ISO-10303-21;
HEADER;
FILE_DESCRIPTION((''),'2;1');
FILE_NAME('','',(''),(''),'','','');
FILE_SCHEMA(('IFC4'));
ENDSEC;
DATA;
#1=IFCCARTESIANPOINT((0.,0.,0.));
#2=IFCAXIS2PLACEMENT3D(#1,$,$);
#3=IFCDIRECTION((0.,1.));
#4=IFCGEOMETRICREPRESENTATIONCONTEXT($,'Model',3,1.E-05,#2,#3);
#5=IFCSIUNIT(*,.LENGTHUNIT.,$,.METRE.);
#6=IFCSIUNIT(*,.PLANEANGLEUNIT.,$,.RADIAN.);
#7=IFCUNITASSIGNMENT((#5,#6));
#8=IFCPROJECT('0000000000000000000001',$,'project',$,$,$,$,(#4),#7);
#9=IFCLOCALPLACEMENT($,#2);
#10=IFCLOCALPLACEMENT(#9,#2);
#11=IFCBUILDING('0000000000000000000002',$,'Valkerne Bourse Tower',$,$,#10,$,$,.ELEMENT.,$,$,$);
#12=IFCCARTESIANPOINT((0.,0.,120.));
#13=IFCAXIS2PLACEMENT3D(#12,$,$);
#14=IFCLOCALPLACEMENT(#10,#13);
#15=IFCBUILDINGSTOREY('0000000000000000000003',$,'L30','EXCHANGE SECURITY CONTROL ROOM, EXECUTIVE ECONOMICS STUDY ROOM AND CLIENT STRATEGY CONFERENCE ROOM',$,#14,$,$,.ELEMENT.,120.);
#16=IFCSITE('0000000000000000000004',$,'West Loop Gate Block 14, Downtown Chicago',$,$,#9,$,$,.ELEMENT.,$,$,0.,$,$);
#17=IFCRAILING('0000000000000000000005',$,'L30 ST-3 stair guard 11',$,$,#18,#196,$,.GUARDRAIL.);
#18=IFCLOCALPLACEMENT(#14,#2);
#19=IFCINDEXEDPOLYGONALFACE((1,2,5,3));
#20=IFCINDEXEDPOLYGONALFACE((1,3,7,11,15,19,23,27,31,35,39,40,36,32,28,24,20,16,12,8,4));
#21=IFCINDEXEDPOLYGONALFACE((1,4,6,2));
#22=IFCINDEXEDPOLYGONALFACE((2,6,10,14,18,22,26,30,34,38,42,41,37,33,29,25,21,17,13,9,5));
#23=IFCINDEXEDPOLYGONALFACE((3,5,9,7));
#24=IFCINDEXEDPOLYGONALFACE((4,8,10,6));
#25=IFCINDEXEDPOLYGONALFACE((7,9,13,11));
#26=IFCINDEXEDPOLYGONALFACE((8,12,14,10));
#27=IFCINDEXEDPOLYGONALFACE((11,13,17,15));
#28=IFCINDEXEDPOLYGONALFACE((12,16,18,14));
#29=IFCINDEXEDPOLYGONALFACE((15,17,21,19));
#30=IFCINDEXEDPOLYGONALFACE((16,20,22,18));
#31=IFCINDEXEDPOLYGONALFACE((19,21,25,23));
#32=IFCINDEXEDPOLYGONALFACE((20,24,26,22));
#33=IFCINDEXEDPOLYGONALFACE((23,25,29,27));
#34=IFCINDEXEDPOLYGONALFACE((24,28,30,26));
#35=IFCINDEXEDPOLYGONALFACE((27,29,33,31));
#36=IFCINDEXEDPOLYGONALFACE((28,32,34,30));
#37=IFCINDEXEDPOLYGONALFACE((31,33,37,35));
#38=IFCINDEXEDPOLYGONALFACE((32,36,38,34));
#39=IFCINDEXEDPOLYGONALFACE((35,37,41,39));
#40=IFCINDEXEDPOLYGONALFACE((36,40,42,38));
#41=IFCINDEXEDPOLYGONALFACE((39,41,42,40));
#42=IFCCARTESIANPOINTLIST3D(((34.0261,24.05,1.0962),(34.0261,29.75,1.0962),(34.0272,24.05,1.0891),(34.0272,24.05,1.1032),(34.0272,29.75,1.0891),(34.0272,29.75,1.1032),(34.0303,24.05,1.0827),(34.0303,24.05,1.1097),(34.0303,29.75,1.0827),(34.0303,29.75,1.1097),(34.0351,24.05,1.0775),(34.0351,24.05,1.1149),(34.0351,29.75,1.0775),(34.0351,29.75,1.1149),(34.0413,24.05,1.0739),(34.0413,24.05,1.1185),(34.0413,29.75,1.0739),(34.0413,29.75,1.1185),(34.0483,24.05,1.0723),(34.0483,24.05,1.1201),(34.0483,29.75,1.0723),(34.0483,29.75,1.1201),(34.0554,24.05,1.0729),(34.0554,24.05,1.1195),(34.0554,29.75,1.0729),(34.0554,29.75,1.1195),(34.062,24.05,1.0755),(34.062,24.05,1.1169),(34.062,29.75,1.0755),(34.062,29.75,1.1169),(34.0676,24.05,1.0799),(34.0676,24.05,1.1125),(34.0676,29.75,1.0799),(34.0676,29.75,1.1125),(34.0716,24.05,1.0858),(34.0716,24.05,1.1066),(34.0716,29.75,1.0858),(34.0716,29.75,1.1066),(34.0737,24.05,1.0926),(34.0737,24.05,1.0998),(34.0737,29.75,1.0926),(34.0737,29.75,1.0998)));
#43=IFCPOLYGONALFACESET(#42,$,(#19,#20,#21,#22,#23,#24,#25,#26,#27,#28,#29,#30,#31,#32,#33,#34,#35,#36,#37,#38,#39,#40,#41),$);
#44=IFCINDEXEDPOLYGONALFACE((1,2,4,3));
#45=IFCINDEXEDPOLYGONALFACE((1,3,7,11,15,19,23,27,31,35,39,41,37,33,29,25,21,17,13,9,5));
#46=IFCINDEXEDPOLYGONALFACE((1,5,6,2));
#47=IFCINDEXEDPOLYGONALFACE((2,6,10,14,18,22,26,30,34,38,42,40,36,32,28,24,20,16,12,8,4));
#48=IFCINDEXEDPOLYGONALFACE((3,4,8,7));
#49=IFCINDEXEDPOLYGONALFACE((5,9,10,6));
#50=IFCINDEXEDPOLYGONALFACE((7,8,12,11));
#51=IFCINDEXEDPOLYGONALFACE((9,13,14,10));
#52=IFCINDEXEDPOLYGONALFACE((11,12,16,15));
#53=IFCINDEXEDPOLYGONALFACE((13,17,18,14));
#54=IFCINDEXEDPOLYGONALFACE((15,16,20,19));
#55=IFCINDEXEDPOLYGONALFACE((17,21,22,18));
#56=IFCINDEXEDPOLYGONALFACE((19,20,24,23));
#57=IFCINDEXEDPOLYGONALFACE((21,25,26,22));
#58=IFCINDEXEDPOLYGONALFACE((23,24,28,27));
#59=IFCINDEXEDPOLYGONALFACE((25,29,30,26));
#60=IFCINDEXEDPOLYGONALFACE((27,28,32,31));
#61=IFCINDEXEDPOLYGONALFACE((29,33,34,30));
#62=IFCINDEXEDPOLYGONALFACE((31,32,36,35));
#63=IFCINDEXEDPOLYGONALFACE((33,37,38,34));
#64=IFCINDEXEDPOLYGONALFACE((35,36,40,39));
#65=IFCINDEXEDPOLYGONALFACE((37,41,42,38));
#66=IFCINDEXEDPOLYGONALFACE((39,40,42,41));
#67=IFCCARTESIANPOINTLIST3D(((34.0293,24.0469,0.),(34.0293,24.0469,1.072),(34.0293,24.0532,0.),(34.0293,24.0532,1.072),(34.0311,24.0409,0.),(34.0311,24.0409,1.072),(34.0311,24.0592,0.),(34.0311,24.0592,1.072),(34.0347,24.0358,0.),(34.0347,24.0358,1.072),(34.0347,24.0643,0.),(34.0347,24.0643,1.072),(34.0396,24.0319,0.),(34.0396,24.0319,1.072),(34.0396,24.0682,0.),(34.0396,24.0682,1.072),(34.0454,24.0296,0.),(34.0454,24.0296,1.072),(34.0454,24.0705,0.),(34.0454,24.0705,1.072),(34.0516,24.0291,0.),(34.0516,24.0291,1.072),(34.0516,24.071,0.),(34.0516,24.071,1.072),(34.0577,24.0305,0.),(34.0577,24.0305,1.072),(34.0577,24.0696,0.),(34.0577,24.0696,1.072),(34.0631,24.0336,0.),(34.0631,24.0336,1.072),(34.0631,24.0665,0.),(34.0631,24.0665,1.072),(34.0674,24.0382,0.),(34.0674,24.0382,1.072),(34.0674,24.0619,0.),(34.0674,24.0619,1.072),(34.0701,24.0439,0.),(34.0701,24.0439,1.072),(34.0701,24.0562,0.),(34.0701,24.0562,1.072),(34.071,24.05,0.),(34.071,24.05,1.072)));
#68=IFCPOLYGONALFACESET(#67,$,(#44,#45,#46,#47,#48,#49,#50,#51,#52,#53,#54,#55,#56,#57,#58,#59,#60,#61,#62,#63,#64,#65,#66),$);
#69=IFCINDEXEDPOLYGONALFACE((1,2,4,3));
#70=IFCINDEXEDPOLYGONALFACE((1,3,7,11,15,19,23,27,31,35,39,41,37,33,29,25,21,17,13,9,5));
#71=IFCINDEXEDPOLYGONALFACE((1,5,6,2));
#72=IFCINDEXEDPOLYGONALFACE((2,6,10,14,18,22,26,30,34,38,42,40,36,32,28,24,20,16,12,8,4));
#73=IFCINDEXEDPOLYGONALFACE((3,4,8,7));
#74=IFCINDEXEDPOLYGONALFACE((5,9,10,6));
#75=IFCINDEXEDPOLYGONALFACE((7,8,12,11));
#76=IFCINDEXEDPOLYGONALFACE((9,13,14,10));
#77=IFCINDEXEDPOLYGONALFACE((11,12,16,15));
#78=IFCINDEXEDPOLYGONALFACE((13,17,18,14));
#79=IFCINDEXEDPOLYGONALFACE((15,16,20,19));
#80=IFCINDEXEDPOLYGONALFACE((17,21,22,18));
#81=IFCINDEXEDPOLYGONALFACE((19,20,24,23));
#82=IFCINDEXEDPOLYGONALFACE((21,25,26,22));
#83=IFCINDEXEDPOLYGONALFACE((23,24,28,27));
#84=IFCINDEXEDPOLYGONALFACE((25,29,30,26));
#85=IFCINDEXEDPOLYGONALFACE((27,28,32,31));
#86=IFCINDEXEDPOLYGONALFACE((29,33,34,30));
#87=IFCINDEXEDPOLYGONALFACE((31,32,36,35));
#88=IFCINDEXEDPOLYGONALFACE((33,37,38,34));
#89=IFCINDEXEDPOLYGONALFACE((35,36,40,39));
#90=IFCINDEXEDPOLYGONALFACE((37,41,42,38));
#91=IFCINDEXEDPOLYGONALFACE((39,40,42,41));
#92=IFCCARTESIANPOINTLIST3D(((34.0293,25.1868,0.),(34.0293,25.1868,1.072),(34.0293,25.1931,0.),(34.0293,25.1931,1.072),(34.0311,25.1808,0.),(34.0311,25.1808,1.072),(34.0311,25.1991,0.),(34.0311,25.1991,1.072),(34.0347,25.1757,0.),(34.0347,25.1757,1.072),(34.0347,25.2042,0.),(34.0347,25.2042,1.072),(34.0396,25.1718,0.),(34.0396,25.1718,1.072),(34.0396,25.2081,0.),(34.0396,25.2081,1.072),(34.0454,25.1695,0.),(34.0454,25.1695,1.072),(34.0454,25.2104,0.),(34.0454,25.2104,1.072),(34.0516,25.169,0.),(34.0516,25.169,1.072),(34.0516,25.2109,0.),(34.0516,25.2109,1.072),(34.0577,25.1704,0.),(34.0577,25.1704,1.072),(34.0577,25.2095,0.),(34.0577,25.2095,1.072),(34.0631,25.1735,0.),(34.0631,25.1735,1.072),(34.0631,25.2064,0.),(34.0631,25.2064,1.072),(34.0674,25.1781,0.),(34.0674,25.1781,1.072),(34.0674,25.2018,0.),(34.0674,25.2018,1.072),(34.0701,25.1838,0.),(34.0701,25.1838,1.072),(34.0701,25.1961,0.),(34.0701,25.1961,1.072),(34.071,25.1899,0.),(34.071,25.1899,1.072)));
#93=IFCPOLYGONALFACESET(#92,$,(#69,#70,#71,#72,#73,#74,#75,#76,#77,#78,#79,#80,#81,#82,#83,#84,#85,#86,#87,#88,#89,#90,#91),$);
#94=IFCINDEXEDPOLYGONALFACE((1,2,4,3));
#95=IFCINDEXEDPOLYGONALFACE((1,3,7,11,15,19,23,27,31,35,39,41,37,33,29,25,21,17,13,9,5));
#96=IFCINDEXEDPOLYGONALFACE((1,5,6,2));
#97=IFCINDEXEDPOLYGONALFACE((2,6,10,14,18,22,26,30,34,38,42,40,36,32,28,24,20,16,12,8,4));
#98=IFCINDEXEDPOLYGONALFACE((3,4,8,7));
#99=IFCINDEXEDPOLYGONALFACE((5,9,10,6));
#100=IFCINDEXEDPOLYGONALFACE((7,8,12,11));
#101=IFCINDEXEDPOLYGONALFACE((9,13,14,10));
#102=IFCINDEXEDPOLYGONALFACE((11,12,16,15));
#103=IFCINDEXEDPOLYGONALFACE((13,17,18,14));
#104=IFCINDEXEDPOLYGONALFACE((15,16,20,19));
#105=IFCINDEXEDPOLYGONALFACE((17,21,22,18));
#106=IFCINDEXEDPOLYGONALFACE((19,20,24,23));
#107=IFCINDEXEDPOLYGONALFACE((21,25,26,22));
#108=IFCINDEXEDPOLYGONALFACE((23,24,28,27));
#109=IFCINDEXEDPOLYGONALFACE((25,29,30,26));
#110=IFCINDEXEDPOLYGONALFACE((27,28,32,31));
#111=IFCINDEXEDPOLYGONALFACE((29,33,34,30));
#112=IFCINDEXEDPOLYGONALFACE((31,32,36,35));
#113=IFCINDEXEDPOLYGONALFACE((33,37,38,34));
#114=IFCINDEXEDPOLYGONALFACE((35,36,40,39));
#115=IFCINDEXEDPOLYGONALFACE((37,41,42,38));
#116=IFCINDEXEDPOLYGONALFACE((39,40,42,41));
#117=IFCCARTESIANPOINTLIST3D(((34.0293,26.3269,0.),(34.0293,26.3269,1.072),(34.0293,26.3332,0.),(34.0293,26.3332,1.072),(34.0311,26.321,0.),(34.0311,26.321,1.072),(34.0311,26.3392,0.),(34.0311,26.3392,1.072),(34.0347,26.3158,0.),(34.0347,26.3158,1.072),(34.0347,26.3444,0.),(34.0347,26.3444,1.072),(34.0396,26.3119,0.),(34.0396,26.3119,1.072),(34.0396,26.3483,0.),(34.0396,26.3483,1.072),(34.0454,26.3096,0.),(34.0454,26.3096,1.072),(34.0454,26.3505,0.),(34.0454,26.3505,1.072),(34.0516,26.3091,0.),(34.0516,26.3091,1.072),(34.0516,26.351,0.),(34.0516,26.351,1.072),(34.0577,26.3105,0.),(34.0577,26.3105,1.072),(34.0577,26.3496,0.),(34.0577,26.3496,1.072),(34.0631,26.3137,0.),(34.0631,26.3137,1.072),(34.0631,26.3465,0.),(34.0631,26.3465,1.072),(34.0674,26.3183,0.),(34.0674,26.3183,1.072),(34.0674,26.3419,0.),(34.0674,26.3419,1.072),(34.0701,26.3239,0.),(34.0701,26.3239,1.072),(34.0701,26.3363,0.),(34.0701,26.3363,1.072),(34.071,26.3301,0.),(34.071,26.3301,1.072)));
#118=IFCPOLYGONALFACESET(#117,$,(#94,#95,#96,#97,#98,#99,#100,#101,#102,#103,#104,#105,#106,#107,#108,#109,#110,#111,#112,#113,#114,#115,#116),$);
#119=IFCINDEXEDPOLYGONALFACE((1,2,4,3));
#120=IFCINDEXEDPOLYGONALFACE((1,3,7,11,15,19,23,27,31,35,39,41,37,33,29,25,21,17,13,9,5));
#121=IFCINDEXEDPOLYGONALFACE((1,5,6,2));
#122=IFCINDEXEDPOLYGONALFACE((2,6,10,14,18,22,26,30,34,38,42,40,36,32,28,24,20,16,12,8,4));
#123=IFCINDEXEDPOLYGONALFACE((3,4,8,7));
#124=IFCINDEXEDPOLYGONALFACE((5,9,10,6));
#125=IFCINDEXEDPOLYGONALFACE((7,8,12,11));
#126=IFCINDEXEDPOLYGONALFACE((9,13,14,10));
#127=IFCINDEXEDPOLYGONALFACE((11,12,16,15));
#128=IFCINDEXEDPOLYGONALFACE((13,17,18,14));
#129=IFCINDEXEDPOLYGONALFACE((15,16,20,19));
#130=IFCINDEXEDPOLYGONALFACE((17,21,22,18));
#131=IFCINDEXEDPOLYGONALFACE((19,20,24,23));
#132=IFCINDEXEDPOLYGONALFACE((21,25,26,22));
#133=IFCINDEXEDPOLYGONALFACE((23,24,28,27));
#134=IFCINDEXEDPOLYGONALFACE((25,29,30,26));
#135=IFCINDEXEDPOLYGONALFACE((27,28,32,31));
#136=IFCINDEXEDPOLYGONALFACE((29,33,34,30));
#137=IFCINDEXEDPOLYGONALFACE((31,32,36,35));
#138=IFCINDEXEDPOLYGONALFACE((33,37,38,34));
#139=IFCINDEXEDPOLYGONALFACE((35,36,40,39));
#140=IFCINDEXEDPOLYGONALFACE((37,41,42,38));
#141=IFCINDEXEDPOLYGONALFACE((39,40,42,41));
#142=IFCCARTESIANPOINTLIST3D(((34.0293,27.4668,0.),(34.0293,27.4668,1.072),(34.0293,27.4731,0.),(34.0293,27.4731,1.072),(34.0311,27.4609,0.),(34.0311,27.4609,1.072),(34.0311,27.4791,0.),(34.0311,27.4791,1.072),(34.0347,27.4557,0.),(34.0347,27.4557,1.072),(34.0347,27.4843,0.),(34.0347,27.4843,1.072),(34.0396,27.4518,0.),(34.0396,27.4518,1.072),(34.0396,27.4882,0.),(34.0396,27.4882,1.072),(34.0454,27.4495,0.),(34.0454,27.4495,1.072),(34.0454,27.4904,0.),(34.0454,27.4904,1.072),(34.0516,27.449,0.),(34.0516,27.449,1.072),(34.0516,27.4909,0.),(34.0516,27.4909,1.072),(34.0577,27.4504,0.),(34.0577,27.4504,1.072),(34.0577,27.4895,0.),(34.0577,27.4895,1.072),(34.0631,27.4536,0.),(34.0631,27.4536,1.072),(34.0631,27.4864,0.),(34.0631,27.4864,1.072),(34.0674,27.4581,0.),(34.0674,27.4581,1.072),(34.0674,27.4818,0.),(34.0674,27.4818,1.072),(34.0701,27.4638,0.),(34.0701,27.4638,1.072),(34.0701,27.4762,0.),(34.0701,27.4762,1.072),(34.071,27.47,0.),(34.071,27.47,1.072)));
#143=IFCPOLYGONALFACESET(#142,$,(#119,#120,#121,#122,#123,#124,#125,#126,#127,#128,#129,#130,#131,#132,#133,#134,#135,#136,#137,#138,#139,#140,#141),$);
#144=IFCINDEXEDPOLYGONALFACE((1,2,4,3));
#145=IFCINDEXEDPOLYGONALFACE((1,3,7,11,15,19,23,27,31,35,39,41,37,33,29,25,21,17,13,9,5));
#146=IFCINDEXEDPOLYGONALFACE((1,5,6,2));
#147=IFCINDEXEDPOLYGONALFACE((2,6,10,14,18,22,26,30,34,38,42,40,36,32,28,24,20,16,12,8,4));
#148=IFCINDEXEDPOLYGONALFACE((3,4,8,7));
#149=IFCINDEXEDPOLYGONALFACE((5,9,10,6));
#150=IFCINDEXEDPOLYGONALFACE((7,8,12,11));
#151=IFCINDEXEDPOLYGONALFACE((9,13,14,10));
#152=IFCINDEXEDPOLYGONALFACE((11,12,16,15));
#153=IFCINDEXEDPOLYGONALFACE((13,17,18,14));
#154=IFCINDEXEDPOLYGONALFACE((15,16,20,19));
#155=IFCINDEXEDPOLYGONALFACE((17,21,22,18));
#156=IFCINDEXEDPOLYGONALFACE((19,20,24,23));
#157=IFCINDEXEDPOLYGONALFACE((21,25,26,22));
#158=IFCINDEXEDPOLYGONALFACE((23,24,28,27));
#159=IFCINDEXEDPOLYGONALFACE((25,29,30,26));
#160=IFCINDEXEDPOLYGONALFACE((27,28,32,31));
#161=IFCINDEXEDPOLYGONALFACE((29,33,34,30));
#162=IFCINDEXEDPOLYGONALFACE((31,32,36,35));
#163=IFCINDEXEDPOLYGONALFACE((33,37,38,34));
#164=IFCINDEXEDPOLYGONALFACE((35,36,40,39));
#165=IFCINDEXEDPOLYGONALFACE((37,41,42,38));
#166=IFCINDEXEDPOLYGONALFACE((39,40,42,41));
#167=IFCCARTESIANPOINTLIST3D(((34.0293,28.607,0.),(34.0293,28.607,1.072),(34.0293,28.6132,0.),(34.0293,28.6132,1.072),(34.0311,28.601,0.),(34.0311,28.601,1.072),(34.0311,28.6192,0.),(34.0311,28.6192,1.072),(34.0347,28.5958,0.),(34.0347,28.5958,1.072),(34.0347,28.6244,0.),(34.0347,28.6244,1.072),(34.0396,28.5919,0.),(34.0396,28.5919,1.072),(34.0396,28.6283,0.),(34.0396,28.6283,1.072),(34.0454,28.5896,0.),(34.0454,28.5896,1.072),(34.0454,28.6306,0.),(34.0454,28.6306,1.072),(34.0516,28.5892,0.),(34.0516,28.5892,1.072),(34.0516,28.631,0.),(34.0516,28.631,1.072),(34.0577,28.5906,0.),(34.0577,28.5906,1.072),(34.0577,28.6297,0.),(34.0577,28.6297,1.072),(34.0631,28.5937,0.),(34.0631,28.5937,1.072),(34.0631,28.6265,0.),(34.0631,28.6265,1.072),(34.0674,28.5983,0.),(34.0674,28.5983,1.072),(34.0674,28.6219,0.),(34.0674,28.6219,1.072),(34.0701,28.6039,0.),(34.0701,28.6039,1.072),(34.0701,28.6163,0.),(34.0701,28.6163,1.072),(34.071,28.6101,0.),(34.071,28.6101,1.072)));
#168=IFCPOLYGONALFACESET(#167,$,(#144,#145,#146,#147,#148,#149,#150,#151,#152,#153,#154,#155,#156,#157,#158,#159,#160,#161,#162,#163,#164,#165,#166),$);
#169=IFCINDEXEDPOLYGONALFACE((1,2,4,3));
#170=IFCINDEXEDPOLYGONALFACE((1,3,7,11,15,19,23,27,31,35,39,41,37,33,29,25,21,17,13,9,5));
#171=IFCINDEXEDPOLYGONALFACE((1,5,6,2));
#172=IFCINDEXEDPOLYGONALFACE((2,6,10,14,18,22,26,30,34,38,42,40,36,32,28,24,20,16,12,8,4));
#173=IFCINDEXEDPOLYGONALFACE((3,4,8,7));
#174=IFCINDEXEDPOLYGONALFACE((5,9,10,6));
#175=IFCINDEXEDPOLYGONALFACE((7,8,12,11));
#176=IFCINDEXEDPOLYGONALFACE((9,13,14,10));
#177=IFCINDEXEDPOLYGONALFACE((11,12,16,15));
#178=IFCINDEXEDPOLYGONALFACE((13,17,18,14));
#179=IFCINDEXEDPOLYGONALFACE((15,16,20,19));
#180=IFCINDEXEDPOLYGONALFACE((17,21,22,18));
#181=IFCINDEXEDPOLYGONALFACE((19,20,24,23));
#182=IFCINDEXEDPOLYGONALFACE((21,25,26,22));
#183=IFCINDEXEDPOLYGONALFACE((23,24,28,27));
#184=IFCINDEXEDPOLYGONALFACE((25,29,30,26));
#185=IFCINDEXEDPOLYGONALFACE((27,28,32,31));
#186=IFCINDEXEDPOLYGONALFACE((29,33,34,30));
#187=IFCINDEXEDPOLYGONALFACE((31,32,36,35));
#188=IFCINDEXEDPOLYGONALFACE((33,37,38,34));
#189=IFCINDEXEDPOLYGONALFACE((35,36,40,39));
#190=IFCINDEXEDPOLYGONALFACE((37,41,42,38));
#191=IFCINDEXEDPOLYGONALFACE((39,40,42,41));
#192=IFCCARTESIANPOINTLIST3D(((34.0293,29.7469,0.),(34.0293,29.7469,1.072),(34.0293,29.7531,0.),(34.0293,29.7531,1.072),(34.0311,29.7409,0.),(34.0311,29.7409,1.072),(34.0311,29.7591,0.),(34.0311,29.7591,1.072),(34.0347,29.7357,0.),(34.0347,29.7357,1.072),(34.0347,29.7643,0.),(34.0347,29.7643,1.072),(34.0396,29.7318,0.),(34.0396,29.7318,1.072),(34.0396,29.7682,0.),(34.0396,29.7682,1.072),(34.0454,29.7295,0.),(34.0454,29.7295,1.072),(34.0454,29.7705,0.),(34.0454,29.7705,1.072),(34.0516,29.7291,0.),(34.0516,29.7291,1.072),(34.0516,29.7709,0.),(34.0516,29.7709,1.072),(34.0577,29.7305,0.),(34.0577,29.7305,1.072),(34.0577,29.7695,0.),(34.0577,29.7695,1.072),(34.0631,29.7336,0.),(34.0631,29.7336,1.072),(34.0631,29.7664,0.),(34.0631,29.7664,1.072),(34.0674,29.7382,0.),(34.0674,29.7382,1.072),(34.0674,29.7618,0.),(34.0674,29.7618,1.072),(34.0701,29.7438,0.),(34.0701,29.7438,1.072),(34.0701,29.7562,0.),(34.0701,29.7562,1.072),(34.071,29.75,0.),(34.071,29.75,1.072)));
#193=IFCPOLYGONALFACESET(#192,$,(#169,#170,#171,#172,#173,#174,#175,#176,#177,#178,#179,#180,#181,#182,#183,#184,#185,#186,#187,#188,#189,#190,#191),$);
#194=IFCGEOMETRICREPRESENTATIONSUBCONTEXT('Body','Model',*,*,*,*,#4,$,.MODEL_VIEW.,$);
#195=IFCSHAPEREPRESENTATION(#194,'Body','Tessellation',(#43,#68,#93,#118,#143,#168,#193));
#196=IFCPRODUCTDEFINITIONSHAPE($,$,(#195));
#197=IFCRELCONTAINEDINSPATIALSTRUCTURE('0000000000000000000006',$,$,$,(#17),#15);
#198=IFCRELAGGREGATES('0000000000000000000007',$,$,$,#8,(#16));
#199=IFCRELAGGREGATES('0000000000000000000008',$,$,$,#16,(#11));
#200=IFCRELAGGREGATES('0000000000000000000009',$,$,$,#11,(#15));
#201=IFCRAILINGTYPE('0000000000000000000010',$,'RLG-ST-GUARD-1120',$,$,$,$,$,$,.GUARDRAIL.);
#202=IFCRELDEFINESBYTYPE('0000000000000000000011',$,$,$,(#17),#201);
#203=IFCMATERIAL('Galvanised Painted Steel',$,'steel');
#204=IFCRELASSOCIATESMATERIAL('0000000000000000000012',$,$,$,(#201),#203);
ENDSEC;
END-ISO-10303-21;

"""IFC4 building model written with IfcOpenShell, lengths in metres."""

from ifc_helpers import new_model, si_unit, direction, frame, origin, origin_2d, place, context, subcontext, project, spatial, circle, extrude, material, type_object, element, save


model = new_model("IFC4")

# Units and contexts
model_context = context("Model", 3, precision=1e-05, world=origin(), true_north=direction((0.0, 1.0)))
body_context = subcontext(model_context, "Body", "Model", "MODEL_VIEW")
ifc_project = project(units=[si_unit("LENGTHUNIT", "METRE"), si_unit("PLANEANGLEUNIT", "RADIAN")], contexts=[model_context])

# Site, building, storey
site_placement = place(None, origin())
site = spatial("IfcSite", under=ifc_project, at=site_placement, Name="West Loop Gate Block 14, Downtown Chicago", CompositionType="ELEMENT", RefElevation=0.0)
building_placement = place(site_placement, origin())
building = spatial("IfcBuilding", under=site, at=building_placement, Name="Valkerne Bourse Tower", CompositionType="ELEMENT")
storey_placement = place(building_placement, frame((0.0, 0.0, 120.0)))
storey = spatial("IfcBuildingStorey", under=building, at=storey_placement, Name="L30", Description="EXCHANGE SECURITY CONTROL ROOM, EXECUTIVE ECONOMICS STUDY ROOM AND CLIENT STRATEGY CONFERENCE ROOM", CompositionType="ELEMENT", Elevation=120.0)

# Railing
ifc_material_1 = material(Name="Galvanised Painted Steel", Category="steel")
railing_type_1 = type_object("IfcRailingType", Name="RLG-ST-GUARD-1120", PredefinedType="GUARDRAIL", material=ifc_material_1)
for number, where, name in (
    (1, (34.05, 24.05, 0.0), "L30 ST-3 stair guard 11"),
):
    element("IfcRailing", number, at=place(storey_placement, frame(where)), inside=storey, type_object=railing_type_1, Name=name, PredefinedType="GUARDRAIL", context=body_context, shape_type="SweptSolid", body=[
        extrude(circle(Radius=0.0239, at=origin_2d()), frame((0.0, 0.0, 1.0962), z_axis=(0.0, 1.0, 0.0), x_axis=(-1.0, 0.0, 0.0)), (0.0, 0.0, 1.0), 5.7),
        extrude(circle(Radius=0.021, at=origin_2d()), origin(), (0.0, 0.0, 1.0), 1.072),
        extrude(circle(Radius=0.021, at=origin_2d()), frame((0.0, 1.1399, 0.0)), (0.0, 0.0, 1.0), 1.072),
        extrude(circle(Radius=0.021, at=origin_2d()), frame((0.0, 2.28, 0.0)), (0.0, 0.0, 1.0), 1.072),
        extrude(circle(Radius=0.021, at=origin_2d()), frame((0.0, 3.4199, 0.0)), (0.0, 0.0, 1.0), 1.072),
        extrude(circle(Radius=0.021, at=origin_2d()), frame((0.0, 4.5601, 0.0)), (0.0, 0.0, 1.0), 1.072),
        extrude(circle(Radius=0.021, at=origin_2d()), frame((0.0, 5.7, 0.0)), (0.0, 0.0, 1.0), 1.072),
    ])

save(model, "model.ifc")
